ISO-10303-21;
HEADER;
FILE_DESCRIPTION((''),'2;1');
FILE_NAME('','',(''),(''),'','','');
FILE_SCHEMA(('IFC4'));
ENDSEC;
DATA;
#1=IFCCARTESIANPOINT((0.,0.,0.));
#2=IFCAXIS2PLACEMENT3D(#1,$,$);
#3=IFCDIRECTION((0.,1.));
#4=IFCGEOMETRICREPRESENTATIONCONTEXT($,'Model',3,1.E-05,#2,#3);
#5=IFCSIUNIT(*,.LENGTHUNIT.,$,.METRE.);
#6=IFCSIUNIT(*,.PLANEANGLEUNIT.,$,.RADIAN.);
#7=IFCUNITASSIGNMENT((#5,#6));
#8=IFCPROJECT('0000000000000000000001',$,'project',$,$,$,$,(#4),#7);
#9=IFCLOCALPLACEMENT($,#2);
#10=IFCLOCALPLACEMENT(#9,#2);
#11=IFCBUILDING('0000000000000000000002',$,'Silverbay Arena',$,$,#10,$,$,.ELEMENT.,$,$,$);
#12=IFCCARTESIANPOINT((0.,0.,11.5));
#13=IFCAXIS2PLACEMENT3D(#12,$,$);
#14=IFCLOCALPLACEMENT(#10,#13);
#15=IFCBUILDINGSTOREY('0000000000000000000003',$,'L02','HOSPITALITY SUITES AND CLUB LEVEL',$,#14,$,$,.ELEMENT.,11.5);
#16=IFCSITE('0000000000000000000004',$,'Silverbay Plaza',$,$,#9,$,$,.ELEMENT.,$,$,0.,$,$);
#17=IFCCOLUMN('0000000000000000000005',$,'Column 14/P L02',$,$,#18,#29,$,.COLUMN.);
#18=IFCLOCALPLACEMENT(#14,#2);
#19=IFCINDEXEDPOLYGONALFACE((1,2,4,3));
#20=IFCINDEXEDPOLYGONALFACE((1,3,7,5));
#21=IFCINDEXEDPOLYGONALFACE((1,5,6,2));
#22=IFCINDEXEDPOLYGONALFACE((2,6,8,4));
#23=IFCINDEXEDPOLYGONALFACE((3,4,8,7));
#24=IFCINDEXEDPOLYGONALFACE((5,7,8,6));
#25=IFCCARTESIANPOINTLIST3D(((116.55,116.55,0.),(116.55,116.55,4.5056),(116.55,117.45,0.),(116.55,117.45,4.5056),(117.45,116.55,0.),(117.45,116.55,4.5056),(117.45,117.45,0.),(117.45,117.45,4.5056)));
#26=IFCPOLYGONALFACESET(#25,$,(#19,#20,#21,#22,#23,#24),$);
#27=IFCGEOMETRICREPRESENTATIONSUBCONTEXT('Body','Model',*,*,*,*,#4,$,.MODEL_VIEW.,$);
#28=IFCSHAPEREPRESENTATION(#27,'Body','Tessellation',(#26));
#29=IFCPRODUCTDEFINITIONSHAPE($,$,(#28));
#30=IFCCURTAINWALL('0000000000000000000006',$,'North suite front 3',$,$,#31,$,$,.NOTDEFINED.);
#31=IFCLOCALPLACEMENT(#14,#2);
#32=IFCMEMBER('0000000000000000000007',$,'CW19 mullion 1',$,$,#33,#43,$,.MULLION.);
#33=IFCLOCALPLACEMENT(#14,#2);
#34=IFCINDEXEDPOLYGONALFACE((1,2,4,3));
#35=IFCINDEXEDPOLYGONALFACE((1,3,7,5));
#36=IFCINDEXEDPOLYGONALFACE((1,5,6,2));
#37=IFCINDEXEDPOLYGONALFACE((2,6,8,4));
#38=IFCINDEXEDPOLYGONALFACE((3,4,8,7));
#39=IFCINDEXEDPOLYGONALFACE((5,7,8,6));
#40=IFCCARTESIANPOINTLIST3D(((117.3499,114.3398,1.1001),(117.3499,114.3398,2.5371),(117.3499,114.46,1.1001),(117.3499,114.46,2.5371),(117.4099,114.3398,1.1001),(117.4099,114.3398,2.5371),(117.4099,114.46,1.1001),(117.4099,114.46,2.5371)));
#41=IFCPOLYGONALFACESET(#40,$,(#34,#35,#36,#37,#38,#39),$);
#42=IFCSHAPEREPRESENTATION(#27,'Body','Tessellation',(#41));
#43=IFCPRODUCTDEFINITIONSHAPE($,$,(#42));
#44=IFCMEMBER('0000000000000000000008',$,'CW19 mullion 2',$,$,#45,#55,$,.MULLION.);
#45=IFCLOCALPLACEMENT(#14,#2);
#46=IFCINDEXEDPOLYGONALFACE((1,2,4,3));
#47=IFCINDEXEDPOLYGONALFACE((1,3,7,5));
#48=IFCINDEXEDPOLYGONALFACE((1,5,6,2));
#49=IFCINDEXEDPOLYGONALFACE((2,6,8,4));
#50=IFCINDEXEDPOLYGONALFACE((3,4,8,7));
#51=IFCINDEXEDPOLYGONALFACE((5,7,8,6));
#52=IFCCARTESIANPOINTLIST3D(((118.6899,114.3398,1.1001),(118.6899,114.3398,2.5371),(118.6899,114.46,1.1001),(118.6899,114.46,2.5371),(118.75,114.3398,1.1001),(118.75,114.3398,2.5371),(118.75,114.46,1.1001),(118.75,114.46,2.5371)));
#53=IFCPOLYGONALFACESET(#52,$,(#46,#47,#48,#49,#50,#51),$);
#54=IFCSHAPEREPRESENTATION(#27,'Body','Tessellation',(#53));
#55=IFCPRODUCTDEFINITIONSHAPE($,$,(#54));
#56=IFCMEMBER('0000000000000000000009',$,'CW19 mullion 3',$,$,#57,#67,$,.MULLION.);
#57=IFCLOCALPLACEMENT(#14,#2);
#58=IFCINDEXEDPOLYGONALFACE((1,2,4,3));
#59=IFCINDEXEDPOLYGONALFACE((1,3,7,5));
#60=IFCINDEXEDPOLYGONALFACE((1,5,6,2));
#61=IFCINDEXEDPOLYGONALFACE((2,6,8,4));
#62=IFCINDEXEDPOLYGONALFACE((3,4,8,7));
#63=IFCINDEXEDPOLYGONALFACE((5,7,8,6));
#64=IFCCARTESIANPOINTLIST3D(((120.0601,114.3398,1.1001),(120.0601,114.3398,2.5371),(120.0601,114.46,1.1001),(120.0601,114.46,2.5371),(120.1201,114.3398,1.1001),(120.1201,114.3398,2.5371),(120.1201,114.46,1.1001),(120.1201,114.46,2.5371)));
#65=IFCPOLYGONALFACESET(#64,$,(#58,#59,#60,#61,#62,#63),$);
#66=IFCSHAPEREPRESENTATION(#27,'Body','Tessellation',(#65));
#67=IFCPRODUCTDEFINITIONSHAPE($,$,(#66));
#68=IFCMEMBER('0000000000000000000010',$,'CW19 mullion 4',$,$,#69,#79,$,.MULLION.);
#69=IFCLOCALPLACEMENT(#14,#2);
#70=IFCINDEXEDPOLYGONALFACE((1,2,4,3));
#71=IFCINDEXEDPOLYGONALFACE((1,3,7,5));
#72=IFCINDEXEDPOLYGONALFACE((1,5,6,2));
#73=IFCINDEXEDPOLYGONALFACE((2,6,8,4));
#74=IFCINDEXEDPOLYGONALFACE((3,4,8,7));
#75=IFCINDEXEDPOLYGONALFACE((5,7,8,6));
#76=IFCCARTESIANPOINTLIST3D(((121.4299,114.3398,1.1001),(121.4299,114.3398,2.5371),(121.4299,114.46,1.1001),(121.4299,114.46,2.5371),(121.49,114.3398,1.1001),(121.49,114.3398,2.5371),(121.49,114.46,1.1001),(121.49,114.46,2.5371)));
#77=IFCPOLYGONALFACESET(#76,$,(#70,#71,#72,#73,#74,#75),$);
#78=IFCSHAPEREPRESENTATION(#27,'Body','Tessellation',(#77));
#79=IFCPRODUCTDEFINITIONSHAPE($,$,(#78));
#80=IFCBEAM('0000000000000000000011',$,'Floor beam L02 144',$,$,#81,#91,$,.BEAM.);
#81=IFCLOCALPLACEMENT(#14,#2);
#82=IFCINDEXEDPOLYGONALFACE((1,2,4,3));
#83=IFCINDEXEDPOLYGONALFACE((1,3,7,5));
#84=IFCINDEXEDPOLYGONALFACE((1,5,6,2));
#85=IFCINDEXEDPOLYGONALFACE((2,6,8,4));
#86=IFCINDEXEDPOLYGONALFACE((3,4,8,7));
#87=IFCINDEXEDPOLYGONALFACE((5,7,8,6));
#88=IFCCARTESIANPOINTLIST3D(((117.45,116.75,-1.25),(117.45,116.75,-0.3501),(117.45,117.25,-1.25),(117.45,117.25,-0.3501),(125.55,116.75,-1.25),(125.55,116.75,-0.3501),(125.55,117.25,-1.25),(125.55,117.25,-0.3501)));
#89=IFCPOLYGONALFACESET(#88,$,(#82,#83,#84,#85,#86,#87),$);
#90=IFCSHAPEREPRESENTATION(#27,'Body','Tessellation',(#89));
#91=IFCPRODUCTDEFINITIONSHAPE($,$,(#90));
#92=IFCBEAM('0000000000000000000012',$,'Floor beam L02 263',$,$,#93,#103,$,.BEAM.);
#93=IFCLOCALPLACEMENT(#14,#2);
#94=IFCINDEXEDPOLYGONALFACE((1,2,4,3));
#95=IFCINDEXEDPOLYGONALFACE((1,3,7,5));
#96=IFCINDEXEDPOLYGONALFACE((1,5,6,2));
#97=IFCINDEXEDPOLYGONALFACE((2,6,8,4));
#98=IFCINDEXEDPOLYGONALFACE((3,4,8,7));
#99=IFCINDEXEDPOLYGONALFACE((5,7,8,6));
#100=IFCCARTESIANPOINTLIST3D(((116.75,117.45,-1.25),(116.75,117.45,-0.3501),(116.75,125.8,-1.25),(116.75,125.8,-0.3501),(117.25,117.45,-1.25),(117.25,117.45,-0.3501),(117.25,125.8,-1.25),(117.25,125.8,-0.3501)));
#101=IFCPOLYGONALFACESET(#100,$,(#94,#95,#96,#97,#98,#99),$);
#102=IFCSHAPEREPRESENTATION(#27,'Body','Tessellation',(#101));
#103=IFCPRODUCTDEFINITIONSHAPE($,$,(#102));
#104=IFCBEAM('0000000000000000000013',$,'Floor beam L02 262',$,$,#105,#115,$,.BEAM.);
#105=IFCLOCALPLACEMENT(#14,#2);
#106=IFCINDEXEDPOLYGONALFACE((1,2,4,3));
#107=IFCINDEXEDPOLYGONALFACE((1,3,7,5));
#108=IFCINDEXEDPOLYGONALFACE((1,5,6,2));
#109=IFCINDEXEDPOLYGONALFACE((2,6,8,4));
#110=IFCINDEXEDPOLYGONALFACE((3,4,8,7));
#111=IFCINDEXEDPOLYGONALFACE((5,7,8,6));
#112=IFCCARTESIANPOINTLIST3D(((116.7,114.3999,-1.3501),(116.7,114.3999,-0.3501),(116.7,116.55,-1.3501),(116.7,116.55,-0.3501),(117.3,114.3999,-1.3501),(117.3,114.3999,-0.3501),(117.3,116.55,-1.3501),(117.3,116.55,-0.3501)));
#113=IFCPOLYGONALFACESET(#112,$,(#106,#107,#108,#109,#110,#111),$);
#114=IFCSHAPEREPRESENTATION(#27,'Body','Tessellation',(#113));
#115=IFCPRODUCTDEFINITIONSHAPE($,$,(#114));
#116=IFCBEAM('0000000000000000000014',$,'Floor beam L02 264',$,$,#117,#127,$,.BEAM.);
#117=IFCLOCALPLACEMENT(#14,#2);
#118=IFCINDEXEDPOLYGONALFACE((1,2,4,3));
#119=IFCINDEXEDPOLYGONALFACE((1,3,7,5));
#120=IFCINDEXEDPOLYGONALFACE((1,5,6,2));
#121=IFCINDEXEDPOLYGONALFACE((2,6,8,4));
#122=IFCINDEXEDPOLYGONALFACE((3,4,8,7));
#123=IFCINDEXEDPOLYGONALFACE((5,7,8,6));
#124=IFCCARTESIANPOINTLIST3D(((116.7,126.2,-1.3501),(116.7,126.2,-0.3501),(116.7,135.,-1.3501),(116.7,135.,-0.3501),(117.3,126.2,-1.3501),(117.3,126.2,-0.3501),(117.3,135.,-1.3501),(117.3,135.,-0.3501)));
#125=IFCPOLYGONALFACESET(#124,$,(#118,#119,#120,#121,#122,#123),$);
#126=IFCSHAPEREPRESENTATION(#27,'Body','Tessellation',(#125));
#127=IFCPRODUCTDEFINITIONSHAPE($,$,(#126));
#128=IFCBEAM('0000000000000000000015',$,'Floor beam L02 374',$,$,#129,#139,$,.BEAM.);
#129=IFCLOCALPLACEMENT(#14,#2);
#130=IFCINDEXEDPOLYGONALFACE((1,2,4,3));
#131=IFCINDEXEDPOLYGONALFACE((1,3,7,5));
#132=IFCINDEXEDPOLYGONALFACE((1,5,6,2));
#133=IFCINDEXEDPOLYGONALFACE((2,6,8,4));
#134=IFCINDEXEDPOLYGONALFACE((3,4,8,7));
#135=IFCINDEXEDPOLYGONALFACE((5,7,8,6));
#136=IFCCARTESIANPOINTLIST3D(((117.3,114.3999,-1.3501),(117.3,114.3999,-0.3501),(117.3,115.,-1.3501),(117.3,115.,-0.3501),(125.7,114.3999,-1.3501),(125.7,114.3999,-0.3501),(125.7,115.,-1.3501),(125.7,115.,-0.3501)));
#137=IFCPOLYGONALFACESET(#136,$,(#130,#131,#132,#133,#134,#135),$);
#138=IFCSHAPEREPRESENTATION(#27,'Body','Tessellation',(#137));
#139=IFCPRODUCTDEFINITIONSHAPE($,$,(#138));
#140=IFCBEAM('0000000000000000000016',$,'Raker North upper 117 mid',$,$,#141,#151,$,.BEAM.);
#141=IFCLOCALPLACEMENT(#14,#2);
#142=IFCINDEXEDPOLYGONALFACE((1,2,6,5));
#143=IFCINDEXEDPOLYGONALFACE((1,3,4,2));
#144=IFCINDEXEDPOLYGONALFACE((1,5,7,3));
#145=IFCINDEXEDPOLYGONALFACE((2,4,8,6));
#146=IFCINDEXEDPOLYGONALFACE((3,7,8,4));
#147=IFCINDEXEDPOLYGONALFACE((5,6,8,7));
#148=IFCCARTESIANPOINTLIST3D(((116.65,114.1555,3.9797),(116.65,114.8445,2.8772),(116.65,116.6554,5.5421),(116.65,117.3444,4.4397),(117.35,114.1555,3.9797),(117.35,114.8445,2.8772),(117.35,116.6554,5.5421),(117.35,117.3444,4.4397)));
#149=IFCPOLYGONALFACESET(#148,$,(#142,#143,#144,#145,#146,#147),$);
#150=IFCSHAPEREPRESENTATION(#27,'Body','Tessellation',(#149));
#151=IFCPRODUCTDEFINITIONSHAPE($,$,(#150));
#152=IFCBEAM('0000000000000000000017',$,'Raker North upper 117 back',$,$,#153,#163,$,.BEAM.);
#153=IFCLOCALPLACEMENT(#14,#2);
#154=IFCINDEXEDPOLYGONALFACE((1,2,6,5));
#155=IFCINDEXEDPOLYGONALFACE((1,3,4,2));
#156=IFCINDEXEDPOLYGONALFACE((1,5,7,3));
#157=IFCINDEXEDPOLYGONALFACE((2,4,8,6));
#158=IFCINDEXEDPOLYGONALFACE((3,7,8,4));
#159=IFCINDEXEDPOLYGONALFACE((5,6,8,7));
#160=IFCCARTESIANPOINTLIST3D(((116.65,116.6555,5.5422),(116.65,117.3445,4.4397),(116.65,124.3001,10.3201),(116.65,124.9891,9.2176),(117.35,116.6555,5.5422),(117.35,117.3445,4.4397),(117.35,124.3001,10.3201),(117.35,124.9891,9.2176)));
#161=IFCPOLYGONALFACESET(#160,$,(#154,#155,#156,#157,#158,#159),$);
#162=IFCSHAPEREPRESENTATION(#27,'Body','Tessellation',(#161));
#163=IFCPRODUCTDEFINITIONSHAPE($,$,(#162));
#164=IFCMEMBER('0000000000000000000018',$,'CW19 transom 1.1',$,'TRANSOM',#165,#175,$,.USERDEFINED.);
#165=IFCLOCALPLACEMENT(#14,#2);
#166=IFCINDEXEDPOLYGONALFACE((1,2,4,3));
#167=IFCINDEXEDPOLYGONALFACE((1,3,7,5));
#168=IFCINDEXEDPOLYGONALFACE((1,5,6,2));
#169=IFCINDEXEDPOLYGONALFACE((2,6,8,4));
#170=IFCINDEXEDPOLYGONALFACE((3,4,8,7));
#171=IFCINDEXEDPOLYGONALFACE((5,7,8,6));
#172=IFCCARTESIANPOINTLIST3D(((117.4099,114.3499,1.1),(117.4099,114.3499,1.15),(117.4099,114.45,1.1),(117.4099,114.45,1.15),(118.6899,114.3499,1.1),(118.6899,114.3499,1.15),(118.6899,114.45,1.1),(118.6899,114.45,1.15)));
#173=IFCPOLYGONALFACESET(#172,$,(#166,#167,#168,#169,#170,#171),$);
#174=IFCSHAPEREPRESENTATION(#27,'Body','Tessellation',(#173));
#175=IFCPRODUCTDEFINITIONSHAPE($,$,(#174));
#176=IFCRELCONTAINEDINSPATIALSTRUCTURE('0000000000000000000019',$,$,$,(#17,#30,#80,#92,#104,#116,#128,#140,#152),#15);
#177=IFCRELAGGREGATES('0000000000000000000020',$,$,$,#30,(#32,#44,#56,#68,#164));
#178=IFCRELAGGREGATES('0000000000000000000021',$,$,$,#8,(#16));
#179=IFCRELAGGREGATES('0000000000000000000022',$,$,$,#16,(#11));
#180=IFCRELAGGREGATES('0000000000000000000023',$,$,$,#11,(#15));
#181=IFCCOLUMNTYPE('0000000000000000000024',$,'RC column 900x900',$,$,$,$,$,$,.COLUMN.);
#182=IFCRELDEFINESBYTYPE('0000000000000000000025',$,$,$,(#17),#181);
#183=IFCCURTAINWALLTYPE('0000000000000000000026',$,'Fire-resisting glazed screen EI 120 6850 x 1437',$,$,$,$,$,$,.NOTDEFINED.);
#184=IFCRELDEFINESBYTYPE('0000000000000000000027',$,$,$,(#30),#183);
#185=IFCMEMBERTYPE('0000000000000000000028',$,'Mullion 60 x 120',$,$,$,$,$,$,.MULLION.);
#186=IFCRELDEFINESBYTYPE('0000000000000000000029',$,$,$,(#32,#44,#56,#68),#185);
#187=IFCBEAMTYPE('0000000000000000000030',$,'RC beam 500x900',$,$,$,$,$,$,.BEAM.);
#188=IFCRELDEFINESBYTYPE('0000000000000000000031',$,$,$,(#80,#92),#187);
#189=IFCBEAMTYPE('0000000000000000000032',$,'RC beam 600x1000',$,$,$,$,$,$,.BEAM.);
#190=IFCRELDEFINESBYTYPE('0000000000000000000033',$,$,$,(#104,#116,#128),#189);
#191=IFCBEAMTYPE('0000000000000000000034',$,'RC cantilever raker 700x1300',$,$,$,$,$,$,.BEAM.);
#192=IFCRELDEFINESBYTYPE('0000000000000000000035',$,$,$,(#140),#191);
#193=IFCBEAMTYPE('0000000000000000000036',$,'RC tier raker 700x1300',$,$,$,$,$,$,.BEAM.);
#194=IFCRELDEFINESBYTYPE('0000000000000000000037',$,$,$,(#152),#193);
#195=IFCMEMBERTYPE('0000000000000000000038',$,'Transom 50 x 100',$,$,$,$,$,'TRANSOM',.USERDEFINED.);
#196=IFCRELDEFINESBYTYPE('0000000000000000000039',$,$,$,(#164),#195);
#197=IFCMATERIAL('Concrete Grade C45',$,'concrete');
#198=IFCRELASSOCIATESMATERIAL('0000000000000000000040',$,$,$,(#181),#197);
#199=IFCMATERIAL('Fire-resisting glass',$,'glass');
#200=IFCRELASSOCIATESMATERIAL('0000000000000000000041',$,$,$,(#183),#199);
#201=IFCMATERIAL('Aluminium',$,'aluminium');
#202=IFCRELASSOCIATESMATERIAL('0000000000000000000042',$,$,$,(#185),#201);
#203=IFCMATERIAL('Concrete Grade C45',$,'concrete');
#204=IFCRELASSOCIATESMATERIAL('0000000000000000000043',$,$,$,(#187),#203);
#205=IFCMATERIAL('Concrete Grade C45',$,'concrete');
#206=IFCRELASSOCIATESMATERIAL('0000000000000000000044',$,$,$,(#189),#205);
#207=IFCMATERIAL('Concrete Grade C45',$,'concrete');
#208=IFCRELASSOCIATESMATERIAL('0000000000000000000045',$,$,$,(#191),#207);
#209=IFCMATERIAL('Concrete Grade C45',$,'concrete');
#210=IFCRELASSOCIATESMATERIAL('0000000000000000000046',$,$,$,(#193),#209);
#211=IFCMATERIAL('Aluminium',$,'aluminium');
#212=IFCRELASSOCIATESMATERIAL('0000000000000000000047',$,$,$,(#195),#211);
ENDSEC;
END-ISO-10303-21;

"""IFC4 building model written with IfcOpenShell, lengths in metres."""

from ifc_helpers import new_model, si_unit, direction, frame, origin, origin_2d, place, context, subcontext, project, spatial, rectangle, extrude, material, material_profile, profile_set, type_object, element, aggregate, save


model = new_model("IFC4")

# Units and contexts
model_context = context("Model", 3, precision=1e-05, world=origin(), true_north=direction((0.0, 1.0)))
body_context = subcontext(model_context, "Body", "Model", "MODEL_VIEW")
ifc_project = project(units=[si_unit("LENGTHUNIT", "METRE"), si_unit("PLANEANGLEUNIT", "RADIAN")], contexts=[model_context])

# Site, building, storey
site_placement = place(None, origin())
site = spatial("IfcSite", under=ifc_project, at=site_placement, Name="Silverbay Plaza", CompositionType="ELEMENT", RefElevation=0.0)
building_placement = place(site_placement, origin())
building = spatial("IfcBuilding", under=site, at=building_placement, Name="Silverbay Arena", CompositionType="ELEMENT")
storey_placement = place(building_placement, frame((0.0, 0.0, 11.5)))
storey = spatial("IfcBuildingStorey", under=building, at=storey_placement, Name="L02", Description="HOSPITALITY SUITES AND CLUB LEVEL", CompositionType="ELEMENT", Elevation=11.5)

# Column
ifc_material_1 = material(Name="Concrete Grade C45", Category="concrete")
ifc_material_profile_1 = material_profile(ifc_material_1, rectangle(XDim=0.8999, YDim=0.8999, at=origin_2d()), Name="RC 900x900")
ifc_profile_set_1 = profile_set([ifc_material_profile_1], Name="Concrete Grade C45")
column_type = type_object("IfcColumnType", Name="RC column 900x900", PredefinedType="COLUMN", material=ifc_profile_set_1)
column_placement = place(storey_placement, frame((117.0, 117.0, 0.0), z_axis=(0.0, 0.0, 1.0), x_axis=(1.0, 0.0, 0.0)))
element("IfcColumn", 1, at=column_placement, inside=storey, type_object=column_type, Name="Column 14/P L02", PredefinedType="COLUMN", context=body_context, shape_type="SweptSolid", body=[
    extrude(rectangle(XDim=0.8999, YDim=0.8999, at=origin_2d()), origin(), (0.0, 0.0, 1.0), 4.5056),
])

# Curtain wall, members
ifc_material_2 = material(Name="Fire-resisting glass", Category="glass")
curtain_wall_type = type_object("IfcCurtainWallType", Name="Fire-resisting glazed screen EI 120 6850 x 1437", PredefinedType="NOTDEFINED", material=ifc_material_2)
curtain_wall_placement = place(storey_placement, origin())
curtain_wall = element("IfcCurtainWall", 2, at=curtain_wall_placement, inside=storey, type_object=curtain_wall_type, Name="North suite front 3", PredefinedType="NOTDEFINED")
ifc_material_3 = material(Name="Aluminium", Category="aluminium")
ifc_material_profile_2 = material_profile(ifc_material_3, rectangle(XDim=0.1201, YDim=0.0601, at=origin_2d()), Name="Mullion 60 x 120")
ifc_profile_set_2 = profile_set([ifc_material_profile_2], Name="Aluminium")
member_type_1 = type_object("IfcMemberType", Name="Mullion 60 x 120", PredefinedType="MULLION", material=ifc_profile_set_2)
member_1_placement = place(storey_placement, frame((117.3799, 114.3999, 1.1001), z_axis=(0.0, 0.0, 1.0), x_axis=(0.0, 1.0, 0.0)))
member_1 = element("IfcMember", 3, at=member_1_placement, type_object=member_type_1, Name="CW19 mullion 1", PredefinedType="MULLION", context=body_context, shape_type="SweptSolid", body=[
    extrude(rectangle(XDim=0.1201, YDim=0.0601, at=origin_2d()), origin(), (0.0, 0.0, 1.0), 1.437),
])
member_2_placement = place(storey_placement, frame((118.72, 114.3999, 1.1001), z_axis=(0.0, 0.0, 1.0), x_axis=(0.0, 1.0, 0.0)))
member_2 = element("IfcMember", 4, at=member_2_placement, type_object=member_type_1, Name="CW19 mullion 2", PredefinedType="MULLION", context=body_context, shape_type="SweptSolid", body=[
    extrude(rectangle(XDim=0.1201, YDim=0.0601, at=origin_2d()), origin(), (0.0, 0.0, 1.0), 1.437),
])
member_3_placement = place(storey_placement, frame((120.0901, 114.3999, 1.1001), z_axis=(0.0, 0.0, 1.0), x_axis=(0.0, 1.0, 0.0)))
member_3 = element("IfcMember", 5, at=member_3_placement, type_object=member_type_1, Name="CW19 mullion 3", PredefinedType="MULLION", context=body_context, shape_type="SweptSolid", body=[
    extrude(rectangle(XDim=0.1201, YDim=0.0601, at=origin_2d()), origin(), (0.0, 0.0, 1.0), 1.437),
])
member_4_placement = place(storey_placement, frame((121.46, 114.3999, 1.1001), z_axis=(0.0, 0.0, 1.0), x_axis=(0.0, 1.0, 0.0)))
member_4 = element("IfcMember", 6, at=member_4_placement, type_object=member_type_1, Name="CW19 mullion 4", PredefinedType="MULLION", context=body_context, shape_type="SweptSolid", body=[
    extrude(rectangle(XDim=0.1201, YDim=0.0601, at=origin_2d()), origin(), (0.0, 0.0, 1.0), 1.437),
])

# Beams
ifc_material_4 = material(Name="Concrete Grade C45", Category="concrete")
ifc_material_profile_3 = material_profile(ifc_material_4, rectangle(XDim=0.5, YDim=0.8999, at=origin_2d()), Name="RC 500x900")
ifc_profile_set_3 = profile_set([ifc_material_profile_3], Name="Concrete Grade C45")
beam_type_1 = type_object("IfcBeamType", Name="RC beam 500x900", PredefinedType="BEAM", material=ifc_profile_set_3)
beam_1_placement = place(storey_placement, frame((117.45, 117.0, -0.8), z_axis=(1.0, 0.0, 0.0), x_axis=(0.0, 1.0, 0.0)))
element("IfcBeam", 7, at=beam_1_placement, inside=storey, type_object=beam_type_1, Name="Floor beam L02 144", PredefinedType="BEAM", context=body_context, shape_type="SweptSolid", body=[
    extrude(rectangle(XDim=0.5, YDim=0.8999, at=origin_2d()), origin(), (0.0, 0.0, 1.0), 8.1001),
])
beam_2_placement = place(storey_placement, frame((117.0, 117.45, -0.8), z_axis=(0.0, 1.0, 0.0), x_axis=(-1.0, 0.0, 0.0)))
element("IfcBeam", 8, at=beam_2_placement, inside=storey, type_object=beam_type_1, Name="Floor beam L02 263", PredefinedType="BEAM", context=body_context, shape_type="SweptSolid", body=[
    extrude(rectangle(XDim=0.5, YDim=0.8999, at=origin_2d()), origin(), (0.0, 0.0, 1.0), 8.3501),
])
ifc_material_5 = material(Name="Concrete Grade C45", Category="concrete")
ifc_material_profile_4 = material_profile(ifc_material_5, rectangle(XDim=0.6001, YDim=1.0, at=origin_2d()), Name="RC 600x1000")
ifc_profile_set_4 = profile_set([ifc_material_profile_4], Name="Concrete Grade C45")
beam_type_2 = type_object("IfcBeamType", Name="RC beam 600x1000", PredefinedType="BEAM", material=ifc_profile_set_4)
beam_3_placement = place(storey_placement, frame((117.0, 114.3999, -0.8501), z_axis=(0.0, 1.0, 0.0), x_axis=(-1.0, 0.0, 0.0)))
element("IfcBeam", 9, at=beam_3_placement, inside=storey, type_object=beam_type_2, Name="Floor beam L02 262", PredefinedType="BEAM", context=body_context, shape_type="SweptSolid", body=[
    extrude(rectangle(XDim=0.6001, YDim=1.0, at=origin_2d()), origin(), (0.0, 0.0, 1.0), 2.1501),
])
beam_4_placement = place(storey_placement, frame((117.0, 126.2, -0.8501), z_axis=(0.0, 1.0, 0.0), x_axis=(-1.0, 0.0, 0.0)))
element("IfcBeam", 10, at=beam_4_placement, inside=storey, type_object=beam_type_2, Name="Floor beam L02 264", PredefinedType="BEAM", context=body_context, shape_type="SweptSolid", body=[
    extrude(rectangle(XDim=0.6001, YDim=1.0, at=origin_2d()), origin(), (0.0, 0.0, 1.0), 8.8),
])
beam_5_placement = place(storey_placement, frame((117.3, 114.7, -0.8501), z_axis=(1.0, 0.0, 0.0), x_axis=(0.0, 1.0, 0.0)))
element("IfcBeam", 11, at=beam_5_placement, inside=storey, type_object=beam_type_2, Name="Floor beam L02 374", PredefinedType="BEAM", context=body_context, shape_type="SweptSolid", body=[
    extrude(rectangle(XDim=0.6001, YDim=1.0, at=origin_2d()), origin(), (0.0, 0.0, 1.0), 8.3999),
])
ifc_material_6 = material(Name="Concrete Grade C45", Category="concrete")
ifc_material_profile_5 = material_profile(ifc_material_6, rectangle(XDim=0.7, YDim=1.3, at=origin_2d()), Name="RC 700x1300")
ifc_profile_set_5 = profile_set([ifc_material_profile_5], Name="Concrete Grade C45")
beam_type_3 = type_object("IfcBeamType", Name="RC cantilever raker 700x1300", PredefinedType="BEAM", material=ifc_profile_set_5)
beam_6_placement = place(storey_placement, frame((117.0, 114.5, 3.4285), z_axis=(0.0, 0.847998, 0.529999), x_axis=(-1.0, 0.0, 0.0)))
element("IfcBeam", 12, at=beam_6_placement, inside=storey, type_object=beam_type_3, Name="Raker North upper 117 mid", PredefinedType="BEAM", context=body_context, shape_type="SweptSolid", body=[
    extrude(rectangle(XDim=0.7, YDim=1.3, at=origin_2d()), origin(), (0.0, 0.0, 1.0), 2.948),
])
ifc_material_7 = material(Name="Concrete Grade C45", Category="concrete")
ifc_material_profile_6 = material_profile(ifc_material_7, rectangle(XDim=0.7, YDim=1.3, at=origin_2d()), Name="RC 700x1300")
ifc_profile_set_6 = profile_set([ifc_material_profile_6], Name="Concrete Grade C45")
beam_type_4 = type_object("IfcBeamType", Name="RC tier raker 700x1300", PredefinedType="BEAM", material=ifc_profile_set_6)
beam_7_placement = place(storey_placement, frame((117.0, 117.0, 4.991), z_axis=(0.0, 0.847998, 0.529999), x_axis=(-1.0, 0.0, 0.0)))
element("IfcBeam", 13, at=beam_7_placement, inside=storey, type_object=beam_type_4, Name="Raker North upper 117 back", PredefinedType="BEAM", context=body_context, shape_type="SweptSolid", body=[
    extrude(rectangle(XDim=0.7, YDim=1.3, at=origin_2d()), origin(), (0.0, 0.0, 1.0), 9.0149),
])

# Member
ifc_material_8 = material(Name="Aluminium", Category="aluminium")
ifc_material_profile_7 = material_profile(ifc_material_8, rectangle(XDim=0.1001, YDim=0.05, at=origin_2d()), Name="Transom 50 x 100")
ifc_profile_set_7 = profile_set([ifc_material_profile_7], Name="Aluminium")
member_type_2 = type_object("IfcMemberType", Name="Transom 50 x 100", ElementType="TRANSOM", PredefinedType="USERDEFINED", material=ifc_profile_set_7)
member_5_placement = place(storey_placement, frame((117.4099, 114.3999, 1.125), z_axis=(1.0, 0.0, 0.0), x_axis=(0.0, 1.0, 0.0)))
member_5 = element("IfcMember", 14, at=member_5_placement, type_object=member_type_2, Name="CW19 transom 1.1", ObjectType="TRANSOM", PredefinedType="USERDEFINED", context=body_context, shape_type="SweptSolid", body=[
    extrude(rectangle(XDim=0.1001, YDim=0.05, at=origin_2d()), origin(), (0.0, 0.0, 1.0), 1.28),
])

aggregate(curtain_wall, [member_1, member_2, member_3, member_4, member_5])

save(model, "model.ifc")
